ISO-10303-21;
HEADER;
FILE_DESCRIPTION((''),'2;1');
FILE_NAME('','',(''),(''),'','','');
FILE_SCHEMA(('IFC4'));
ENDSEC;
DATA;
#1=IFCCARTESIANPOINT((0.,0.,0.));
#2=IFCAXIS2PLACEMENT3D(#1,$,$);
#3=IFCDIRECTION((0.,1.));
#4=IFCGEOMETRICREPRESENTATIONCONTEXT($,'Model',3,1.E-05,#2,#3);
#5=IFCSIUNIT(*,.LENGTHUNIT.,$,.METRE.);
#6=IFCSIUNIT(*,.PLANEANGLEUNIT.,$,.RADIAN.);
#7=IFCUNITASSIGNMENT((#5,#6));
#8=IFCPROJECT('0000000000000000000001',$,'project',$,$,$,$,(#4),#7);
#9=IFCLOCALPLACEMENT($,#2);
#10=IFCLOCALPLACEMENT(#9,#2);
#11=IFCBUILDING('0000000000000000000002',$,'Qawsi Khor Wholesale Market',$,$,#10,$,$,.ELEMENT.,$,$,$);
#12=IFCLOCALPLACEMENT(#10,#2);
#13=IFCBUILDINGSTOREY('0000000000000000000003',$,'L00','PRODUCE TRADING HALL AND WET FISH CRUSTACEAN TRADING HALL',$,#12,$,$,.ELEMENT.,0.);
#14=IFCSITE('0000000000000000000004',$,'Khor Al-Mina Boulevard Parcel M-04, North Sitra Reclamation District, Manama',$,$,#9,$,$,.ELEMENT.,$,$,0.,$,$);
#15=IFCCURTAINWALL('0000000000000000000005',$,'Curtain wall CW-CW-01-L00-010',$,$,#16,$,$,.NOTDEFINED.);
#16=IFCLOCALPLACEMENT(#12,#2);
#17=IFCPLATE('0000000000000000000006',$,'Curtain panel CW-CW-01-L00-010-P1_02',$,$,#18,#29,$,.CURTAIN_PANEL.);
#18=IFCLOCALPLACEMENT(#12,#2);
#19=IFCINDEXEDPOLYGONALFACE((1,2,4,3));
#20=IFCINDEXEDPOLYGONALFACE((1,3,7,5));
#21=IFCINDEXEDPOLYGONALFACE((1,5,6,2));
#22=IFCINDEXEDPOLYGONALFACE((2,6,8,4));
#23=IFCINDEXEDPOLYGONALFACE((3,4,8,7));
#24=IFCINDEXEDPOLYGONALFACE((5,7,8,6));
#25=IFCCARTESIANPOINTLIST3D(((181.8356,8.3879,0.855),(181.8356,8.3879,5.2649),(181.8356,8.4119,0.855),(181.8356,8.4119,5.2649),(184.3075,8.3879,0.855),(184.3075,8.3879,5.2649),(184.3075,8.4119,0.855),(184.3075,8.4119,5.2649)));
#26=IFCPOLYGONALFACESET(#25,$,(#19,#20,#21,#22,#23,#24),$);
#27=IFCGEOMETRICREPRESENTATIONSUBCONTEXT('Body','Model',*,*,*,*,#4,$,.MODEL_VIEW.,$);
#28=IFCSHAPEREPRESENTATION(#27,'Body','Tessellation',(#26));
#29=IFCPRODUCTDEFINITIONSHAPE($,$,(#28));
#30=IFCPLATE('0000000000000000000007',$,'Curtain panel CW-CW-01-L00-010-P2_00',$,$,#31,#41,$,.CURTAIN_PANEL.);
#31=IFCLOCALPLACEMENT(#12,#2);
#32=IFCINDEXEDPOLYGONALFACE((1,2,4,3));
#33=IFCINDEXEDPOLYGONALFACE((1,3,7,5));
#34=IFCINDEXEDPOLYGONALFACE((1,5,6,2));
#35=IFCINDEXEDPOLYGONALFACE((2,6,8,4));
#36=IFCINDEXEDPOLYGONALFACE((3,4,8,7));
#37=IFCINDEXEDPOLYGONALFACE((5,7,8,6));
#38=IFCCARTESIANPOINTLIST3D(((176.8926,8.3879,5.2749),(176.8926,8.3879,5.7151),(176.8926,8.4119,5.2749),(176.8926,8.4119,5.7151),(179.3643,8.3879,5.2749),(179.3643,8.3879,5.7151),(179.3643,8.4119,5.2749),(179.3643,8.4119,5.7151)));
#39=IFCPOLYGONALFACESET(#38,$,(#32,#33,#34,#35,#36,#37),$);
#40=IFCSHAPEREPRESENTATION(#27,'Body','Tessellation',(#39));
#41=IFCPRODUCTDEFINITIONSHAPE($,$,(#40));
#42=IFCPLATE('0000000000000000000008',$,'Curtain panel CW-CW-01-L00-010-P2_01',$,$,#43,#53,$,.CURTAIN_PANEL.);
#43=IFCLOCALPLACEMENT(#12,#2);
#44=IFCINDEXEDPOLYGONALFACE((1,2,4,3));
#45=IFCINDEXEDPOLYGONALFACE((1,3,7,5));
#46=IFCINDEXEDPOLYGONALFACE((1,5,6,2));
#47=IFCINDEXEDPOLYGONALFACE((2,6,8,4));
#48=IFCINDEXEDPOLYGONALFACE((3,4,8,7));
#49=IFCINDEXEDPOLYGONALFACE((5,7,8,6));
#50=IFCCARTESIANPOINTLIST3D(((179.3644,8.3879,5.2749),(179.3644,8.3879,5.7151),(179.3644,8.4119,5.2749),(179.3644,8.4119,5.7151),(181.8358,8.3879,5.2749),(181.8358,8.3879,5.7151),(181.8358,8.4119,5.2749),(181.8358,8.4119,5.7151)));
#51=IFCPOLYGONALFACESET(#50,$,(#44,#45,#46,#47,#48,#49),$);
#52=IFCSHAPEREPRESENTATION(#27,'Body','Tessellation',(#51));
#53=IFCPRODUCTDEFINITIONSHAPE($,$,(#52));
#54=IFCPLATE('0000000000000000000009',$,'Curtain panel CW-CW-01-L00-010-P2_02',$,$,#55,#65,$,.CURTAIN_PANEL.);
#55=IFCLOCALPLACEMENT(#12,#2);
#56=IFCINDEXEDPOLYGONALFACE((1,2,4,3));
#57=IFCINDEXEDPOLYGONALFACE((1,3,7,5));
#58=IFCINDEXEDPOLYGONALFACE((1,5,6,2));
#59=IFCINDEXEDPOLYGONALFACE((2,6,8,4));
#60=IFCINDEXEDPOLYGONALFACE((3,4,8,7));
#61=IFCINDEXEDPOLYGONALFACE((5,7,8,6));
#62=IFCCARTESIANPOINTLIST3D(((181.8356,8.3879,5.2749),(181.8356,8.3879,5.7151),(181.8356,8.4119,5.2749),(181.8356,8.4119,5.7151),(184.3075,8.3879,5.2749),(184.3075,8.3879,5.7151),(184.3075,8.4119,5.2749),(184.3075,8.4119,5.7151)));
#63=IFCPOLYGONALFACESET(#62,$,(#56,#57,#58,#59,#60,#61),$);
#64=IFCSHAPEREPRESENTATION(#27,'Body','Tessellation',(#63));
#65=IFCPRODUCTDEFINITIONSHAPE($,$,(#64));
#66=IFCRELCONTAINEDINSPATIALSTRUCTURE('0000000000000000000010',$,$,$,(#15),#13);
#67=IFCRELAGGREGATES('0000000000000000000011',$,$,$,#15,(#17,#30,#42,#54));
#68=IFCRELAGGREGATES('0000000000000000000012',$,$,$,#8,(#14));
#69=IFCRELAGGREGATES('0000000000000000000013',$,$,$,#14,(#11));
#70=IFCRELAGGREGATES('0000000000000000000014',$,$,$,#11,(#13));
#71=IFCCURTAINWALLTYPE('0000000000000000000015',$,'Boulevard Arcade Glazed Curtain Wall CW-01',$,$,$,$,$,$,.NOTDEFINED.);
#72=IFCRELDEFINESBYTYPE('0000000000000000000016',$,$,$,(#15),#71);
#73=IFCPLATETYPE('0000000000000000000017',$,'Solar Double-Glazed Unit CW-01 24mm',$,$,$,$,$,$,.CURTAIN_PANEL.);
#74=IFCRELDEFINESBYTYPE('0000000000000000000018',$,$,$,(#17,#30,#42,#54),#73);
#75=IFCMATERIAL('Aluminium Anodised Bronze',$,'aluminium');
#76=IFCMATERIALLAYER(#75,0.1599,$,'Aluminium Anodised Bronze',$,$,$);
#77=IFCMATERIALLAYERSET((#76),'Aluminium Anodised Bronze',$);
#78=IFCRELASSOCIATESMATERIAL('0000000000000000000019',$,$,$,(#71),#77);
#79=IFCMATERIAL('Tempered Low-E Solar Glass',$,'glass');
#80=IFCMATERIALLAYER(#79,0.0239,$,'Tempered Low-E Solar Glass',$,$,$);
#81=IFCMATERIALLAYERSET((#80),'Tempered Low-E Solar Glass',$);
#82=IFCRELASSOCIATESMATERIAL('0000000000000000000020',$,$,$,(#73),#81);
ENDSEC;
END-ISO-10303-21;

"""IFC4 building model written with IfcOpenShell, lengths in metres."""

from ifc_helpers import new_model, si_unit, direction, frame, frame_2d, origin, place, context, subcontext, project, spatial, rectangle, extrude, material, layer, layer_set, type_object, element, aggregate, save


model = new_model("IFC4")

# Units and contexts
model_context = context("Model", 3, precision=1e-05, world=origin(), true_north=direction((0.0, 1.0)))
body_context = subcontext(model_context, "Body", "Model", "MODEL_VIEW")
ifc_project = project(units=[si_unit("LENGTHUNIT", "METRE"), si_unit("PLANEANGLEUNIT", "RADIAN")], contexts=[model_context])

# Site, building, storey
site_placement = place(None, origin())
site = spatial("IfcSite", under=ifc_project, at=site_placement, Name="Khor Al-Mina Boulevard Parcel M-04, North Sitra Reclamation District, Manama", CompositionType="ELEMENT", RefElevation=0.0)
building_placement = place(site_placement, origin())
building = spatial("IfcBuilding", under=site, at=building_placement, Name="Qawsi Khor Wholesale Market", CompositionType="ELEMENT")
storey_placement = place(building_placement, origin())
storey = spatial("IfcBuildingStorey", under=building, at=storey_placement, Name="L00", Description="PRODUCE TRADING HALL AND WET FISH CRUSTACEAN TRADING HALL", CompositionType="ELEMENT", Elevation=0.0)

# Curtain wall
ifc_material_1 = material(Name="Aluminium Anodised Bronze", Category="aluminium")
ifc_layer_1 = layer(ifc_material_1, 0.1599, Name="Aluminium Anodised Bronze")
ifc_layer_set_1 = layer_set([ifc_layer_1], Name="Aluminium Anodised Bronze")
curtain_wall_type = type_object("IfcCurtainWallType", Name="Boulevard Arcade Glazed Curtain Wall CW-01", PredefinedType="NOTDEFINED", material=ifc_layer_set_1)
curtain_wall_placement = place(storey_placement, origin())
curtain_wall = element("IfcCurtainWall", 1, at=curtain_wall_placement, inside=storey, type_object=curtain_wall_type, Name="Curtain wall CW-CW-01-L00-010", PredefinedType="NOTDEFINED")

# Plates
ifc_material_2 = material(Name="Tempered Low-E Solar Glass", Category="glass")
ifc_layer_2 = layer(ifc_material_2, 0.0239, Name="Tempered Low-E Solar Glass")
ifc_layer_set_2 = layer_set([ifc_layer_2], Name="Tempered Low-E Solar Glass")
plate_type_1 = type_object("IfcPlateType", Name="Solar Double-Glazed Unit CW-01 24mm", PredefinedType="CURTAIN_PANEL", material=ifc_layer_set_2)
plate_1_placement = place(storey_placement, frame((181.8357, 8.3999, 0.855), z_axis=(0.0, 0.0, 1.0), x_axis=(1.0, 0.0, 0.0)))
plate_1 = element("IfcPlate", 2, at=plate_1_placement, type_object=plate_type_1, Name="Curtain panel CW-CW-01-L00-010-P1_02", PredefinedType="CURTAIN_PANEL", context=body_context, shape_type="SweptSolid", body=[
    extrude(rectangle(XDim=2.4719, YDim=0.0239, at=frame_2d((1.2358, 0.0))), origin(), (0.0, 0.0, 1.0), 4.4099),
])
plate_2_placement = place(storey_placement, frame((176.8926, 8.3999, 5.2749), z_axis=(0.0, 0.0, 1.0), x_axis=(1.0, 0.0, 0.0)))
plate_2 = element("IfcPlate", 3, at=plate_2_placement, type_object=plate_type_1, Name="Curtain panel CW-CW-01-L00-010-P2_00", PredefinedType="CURTAIN_PANEL", context=body_context, shape_type="SweptSolid", body=[
    extrude(rectangle(XDim=2.4717, YDim=0.0239, at=frame_2d((1.2358, 0.0))), origin(), (0.0, 0.0, 1.0), 0.4402),
])
plate_3_placement = place(storey_placement, frame((179.3643, 8.3999, 5.2749), z_axis=(0.0, 0.0, 1.0), x_axis=(1.0, 0.0, 0.0)))
plate_3 = element("IfcPlate", 4, at=plate_3_placement, type_object=plate_type_1, Name="Curtain panel CW-CW-01-L00-010-P2_01", PredefinedType="CURTAIN_PANEL", context=body_context, shape_type="SweptSolid", body=[
    extrude(rectangle(XDim=2.4714, YDim=0.0239, at=frame_2d((1.2358, 0.0))), origin(), (0.0, 0.0, 1.0), 0.4402),
])
plate_4_placement = place(storey_placement, frame((181.8357, 8.3999, 5.2749), z_axis=(0.0, 0.0, 1.0), x_axis=(1.0, 0.0, 0.0)))
plate_4 = element("IfcPlate", 5, at=plate_4_placement, type_object=plate_type_1, Name="Curtain panel CW-CW-01-L00-010-P2_02", PredefinedType="CURTAIN_PANEL", context=body_context, shape_type="SweptSolid", body=[
    extrude(rectangle(XDim=2.4719, YDim=0.0239, at=frame_2d((1.2358, 0.0))), origin(), (0.0, 0.0, 1.0), 0.4402),
])
aggregate(curtain_wall, [plate_1, plate_2, plate_3, plate_4])

save(model, "model.ifc")
